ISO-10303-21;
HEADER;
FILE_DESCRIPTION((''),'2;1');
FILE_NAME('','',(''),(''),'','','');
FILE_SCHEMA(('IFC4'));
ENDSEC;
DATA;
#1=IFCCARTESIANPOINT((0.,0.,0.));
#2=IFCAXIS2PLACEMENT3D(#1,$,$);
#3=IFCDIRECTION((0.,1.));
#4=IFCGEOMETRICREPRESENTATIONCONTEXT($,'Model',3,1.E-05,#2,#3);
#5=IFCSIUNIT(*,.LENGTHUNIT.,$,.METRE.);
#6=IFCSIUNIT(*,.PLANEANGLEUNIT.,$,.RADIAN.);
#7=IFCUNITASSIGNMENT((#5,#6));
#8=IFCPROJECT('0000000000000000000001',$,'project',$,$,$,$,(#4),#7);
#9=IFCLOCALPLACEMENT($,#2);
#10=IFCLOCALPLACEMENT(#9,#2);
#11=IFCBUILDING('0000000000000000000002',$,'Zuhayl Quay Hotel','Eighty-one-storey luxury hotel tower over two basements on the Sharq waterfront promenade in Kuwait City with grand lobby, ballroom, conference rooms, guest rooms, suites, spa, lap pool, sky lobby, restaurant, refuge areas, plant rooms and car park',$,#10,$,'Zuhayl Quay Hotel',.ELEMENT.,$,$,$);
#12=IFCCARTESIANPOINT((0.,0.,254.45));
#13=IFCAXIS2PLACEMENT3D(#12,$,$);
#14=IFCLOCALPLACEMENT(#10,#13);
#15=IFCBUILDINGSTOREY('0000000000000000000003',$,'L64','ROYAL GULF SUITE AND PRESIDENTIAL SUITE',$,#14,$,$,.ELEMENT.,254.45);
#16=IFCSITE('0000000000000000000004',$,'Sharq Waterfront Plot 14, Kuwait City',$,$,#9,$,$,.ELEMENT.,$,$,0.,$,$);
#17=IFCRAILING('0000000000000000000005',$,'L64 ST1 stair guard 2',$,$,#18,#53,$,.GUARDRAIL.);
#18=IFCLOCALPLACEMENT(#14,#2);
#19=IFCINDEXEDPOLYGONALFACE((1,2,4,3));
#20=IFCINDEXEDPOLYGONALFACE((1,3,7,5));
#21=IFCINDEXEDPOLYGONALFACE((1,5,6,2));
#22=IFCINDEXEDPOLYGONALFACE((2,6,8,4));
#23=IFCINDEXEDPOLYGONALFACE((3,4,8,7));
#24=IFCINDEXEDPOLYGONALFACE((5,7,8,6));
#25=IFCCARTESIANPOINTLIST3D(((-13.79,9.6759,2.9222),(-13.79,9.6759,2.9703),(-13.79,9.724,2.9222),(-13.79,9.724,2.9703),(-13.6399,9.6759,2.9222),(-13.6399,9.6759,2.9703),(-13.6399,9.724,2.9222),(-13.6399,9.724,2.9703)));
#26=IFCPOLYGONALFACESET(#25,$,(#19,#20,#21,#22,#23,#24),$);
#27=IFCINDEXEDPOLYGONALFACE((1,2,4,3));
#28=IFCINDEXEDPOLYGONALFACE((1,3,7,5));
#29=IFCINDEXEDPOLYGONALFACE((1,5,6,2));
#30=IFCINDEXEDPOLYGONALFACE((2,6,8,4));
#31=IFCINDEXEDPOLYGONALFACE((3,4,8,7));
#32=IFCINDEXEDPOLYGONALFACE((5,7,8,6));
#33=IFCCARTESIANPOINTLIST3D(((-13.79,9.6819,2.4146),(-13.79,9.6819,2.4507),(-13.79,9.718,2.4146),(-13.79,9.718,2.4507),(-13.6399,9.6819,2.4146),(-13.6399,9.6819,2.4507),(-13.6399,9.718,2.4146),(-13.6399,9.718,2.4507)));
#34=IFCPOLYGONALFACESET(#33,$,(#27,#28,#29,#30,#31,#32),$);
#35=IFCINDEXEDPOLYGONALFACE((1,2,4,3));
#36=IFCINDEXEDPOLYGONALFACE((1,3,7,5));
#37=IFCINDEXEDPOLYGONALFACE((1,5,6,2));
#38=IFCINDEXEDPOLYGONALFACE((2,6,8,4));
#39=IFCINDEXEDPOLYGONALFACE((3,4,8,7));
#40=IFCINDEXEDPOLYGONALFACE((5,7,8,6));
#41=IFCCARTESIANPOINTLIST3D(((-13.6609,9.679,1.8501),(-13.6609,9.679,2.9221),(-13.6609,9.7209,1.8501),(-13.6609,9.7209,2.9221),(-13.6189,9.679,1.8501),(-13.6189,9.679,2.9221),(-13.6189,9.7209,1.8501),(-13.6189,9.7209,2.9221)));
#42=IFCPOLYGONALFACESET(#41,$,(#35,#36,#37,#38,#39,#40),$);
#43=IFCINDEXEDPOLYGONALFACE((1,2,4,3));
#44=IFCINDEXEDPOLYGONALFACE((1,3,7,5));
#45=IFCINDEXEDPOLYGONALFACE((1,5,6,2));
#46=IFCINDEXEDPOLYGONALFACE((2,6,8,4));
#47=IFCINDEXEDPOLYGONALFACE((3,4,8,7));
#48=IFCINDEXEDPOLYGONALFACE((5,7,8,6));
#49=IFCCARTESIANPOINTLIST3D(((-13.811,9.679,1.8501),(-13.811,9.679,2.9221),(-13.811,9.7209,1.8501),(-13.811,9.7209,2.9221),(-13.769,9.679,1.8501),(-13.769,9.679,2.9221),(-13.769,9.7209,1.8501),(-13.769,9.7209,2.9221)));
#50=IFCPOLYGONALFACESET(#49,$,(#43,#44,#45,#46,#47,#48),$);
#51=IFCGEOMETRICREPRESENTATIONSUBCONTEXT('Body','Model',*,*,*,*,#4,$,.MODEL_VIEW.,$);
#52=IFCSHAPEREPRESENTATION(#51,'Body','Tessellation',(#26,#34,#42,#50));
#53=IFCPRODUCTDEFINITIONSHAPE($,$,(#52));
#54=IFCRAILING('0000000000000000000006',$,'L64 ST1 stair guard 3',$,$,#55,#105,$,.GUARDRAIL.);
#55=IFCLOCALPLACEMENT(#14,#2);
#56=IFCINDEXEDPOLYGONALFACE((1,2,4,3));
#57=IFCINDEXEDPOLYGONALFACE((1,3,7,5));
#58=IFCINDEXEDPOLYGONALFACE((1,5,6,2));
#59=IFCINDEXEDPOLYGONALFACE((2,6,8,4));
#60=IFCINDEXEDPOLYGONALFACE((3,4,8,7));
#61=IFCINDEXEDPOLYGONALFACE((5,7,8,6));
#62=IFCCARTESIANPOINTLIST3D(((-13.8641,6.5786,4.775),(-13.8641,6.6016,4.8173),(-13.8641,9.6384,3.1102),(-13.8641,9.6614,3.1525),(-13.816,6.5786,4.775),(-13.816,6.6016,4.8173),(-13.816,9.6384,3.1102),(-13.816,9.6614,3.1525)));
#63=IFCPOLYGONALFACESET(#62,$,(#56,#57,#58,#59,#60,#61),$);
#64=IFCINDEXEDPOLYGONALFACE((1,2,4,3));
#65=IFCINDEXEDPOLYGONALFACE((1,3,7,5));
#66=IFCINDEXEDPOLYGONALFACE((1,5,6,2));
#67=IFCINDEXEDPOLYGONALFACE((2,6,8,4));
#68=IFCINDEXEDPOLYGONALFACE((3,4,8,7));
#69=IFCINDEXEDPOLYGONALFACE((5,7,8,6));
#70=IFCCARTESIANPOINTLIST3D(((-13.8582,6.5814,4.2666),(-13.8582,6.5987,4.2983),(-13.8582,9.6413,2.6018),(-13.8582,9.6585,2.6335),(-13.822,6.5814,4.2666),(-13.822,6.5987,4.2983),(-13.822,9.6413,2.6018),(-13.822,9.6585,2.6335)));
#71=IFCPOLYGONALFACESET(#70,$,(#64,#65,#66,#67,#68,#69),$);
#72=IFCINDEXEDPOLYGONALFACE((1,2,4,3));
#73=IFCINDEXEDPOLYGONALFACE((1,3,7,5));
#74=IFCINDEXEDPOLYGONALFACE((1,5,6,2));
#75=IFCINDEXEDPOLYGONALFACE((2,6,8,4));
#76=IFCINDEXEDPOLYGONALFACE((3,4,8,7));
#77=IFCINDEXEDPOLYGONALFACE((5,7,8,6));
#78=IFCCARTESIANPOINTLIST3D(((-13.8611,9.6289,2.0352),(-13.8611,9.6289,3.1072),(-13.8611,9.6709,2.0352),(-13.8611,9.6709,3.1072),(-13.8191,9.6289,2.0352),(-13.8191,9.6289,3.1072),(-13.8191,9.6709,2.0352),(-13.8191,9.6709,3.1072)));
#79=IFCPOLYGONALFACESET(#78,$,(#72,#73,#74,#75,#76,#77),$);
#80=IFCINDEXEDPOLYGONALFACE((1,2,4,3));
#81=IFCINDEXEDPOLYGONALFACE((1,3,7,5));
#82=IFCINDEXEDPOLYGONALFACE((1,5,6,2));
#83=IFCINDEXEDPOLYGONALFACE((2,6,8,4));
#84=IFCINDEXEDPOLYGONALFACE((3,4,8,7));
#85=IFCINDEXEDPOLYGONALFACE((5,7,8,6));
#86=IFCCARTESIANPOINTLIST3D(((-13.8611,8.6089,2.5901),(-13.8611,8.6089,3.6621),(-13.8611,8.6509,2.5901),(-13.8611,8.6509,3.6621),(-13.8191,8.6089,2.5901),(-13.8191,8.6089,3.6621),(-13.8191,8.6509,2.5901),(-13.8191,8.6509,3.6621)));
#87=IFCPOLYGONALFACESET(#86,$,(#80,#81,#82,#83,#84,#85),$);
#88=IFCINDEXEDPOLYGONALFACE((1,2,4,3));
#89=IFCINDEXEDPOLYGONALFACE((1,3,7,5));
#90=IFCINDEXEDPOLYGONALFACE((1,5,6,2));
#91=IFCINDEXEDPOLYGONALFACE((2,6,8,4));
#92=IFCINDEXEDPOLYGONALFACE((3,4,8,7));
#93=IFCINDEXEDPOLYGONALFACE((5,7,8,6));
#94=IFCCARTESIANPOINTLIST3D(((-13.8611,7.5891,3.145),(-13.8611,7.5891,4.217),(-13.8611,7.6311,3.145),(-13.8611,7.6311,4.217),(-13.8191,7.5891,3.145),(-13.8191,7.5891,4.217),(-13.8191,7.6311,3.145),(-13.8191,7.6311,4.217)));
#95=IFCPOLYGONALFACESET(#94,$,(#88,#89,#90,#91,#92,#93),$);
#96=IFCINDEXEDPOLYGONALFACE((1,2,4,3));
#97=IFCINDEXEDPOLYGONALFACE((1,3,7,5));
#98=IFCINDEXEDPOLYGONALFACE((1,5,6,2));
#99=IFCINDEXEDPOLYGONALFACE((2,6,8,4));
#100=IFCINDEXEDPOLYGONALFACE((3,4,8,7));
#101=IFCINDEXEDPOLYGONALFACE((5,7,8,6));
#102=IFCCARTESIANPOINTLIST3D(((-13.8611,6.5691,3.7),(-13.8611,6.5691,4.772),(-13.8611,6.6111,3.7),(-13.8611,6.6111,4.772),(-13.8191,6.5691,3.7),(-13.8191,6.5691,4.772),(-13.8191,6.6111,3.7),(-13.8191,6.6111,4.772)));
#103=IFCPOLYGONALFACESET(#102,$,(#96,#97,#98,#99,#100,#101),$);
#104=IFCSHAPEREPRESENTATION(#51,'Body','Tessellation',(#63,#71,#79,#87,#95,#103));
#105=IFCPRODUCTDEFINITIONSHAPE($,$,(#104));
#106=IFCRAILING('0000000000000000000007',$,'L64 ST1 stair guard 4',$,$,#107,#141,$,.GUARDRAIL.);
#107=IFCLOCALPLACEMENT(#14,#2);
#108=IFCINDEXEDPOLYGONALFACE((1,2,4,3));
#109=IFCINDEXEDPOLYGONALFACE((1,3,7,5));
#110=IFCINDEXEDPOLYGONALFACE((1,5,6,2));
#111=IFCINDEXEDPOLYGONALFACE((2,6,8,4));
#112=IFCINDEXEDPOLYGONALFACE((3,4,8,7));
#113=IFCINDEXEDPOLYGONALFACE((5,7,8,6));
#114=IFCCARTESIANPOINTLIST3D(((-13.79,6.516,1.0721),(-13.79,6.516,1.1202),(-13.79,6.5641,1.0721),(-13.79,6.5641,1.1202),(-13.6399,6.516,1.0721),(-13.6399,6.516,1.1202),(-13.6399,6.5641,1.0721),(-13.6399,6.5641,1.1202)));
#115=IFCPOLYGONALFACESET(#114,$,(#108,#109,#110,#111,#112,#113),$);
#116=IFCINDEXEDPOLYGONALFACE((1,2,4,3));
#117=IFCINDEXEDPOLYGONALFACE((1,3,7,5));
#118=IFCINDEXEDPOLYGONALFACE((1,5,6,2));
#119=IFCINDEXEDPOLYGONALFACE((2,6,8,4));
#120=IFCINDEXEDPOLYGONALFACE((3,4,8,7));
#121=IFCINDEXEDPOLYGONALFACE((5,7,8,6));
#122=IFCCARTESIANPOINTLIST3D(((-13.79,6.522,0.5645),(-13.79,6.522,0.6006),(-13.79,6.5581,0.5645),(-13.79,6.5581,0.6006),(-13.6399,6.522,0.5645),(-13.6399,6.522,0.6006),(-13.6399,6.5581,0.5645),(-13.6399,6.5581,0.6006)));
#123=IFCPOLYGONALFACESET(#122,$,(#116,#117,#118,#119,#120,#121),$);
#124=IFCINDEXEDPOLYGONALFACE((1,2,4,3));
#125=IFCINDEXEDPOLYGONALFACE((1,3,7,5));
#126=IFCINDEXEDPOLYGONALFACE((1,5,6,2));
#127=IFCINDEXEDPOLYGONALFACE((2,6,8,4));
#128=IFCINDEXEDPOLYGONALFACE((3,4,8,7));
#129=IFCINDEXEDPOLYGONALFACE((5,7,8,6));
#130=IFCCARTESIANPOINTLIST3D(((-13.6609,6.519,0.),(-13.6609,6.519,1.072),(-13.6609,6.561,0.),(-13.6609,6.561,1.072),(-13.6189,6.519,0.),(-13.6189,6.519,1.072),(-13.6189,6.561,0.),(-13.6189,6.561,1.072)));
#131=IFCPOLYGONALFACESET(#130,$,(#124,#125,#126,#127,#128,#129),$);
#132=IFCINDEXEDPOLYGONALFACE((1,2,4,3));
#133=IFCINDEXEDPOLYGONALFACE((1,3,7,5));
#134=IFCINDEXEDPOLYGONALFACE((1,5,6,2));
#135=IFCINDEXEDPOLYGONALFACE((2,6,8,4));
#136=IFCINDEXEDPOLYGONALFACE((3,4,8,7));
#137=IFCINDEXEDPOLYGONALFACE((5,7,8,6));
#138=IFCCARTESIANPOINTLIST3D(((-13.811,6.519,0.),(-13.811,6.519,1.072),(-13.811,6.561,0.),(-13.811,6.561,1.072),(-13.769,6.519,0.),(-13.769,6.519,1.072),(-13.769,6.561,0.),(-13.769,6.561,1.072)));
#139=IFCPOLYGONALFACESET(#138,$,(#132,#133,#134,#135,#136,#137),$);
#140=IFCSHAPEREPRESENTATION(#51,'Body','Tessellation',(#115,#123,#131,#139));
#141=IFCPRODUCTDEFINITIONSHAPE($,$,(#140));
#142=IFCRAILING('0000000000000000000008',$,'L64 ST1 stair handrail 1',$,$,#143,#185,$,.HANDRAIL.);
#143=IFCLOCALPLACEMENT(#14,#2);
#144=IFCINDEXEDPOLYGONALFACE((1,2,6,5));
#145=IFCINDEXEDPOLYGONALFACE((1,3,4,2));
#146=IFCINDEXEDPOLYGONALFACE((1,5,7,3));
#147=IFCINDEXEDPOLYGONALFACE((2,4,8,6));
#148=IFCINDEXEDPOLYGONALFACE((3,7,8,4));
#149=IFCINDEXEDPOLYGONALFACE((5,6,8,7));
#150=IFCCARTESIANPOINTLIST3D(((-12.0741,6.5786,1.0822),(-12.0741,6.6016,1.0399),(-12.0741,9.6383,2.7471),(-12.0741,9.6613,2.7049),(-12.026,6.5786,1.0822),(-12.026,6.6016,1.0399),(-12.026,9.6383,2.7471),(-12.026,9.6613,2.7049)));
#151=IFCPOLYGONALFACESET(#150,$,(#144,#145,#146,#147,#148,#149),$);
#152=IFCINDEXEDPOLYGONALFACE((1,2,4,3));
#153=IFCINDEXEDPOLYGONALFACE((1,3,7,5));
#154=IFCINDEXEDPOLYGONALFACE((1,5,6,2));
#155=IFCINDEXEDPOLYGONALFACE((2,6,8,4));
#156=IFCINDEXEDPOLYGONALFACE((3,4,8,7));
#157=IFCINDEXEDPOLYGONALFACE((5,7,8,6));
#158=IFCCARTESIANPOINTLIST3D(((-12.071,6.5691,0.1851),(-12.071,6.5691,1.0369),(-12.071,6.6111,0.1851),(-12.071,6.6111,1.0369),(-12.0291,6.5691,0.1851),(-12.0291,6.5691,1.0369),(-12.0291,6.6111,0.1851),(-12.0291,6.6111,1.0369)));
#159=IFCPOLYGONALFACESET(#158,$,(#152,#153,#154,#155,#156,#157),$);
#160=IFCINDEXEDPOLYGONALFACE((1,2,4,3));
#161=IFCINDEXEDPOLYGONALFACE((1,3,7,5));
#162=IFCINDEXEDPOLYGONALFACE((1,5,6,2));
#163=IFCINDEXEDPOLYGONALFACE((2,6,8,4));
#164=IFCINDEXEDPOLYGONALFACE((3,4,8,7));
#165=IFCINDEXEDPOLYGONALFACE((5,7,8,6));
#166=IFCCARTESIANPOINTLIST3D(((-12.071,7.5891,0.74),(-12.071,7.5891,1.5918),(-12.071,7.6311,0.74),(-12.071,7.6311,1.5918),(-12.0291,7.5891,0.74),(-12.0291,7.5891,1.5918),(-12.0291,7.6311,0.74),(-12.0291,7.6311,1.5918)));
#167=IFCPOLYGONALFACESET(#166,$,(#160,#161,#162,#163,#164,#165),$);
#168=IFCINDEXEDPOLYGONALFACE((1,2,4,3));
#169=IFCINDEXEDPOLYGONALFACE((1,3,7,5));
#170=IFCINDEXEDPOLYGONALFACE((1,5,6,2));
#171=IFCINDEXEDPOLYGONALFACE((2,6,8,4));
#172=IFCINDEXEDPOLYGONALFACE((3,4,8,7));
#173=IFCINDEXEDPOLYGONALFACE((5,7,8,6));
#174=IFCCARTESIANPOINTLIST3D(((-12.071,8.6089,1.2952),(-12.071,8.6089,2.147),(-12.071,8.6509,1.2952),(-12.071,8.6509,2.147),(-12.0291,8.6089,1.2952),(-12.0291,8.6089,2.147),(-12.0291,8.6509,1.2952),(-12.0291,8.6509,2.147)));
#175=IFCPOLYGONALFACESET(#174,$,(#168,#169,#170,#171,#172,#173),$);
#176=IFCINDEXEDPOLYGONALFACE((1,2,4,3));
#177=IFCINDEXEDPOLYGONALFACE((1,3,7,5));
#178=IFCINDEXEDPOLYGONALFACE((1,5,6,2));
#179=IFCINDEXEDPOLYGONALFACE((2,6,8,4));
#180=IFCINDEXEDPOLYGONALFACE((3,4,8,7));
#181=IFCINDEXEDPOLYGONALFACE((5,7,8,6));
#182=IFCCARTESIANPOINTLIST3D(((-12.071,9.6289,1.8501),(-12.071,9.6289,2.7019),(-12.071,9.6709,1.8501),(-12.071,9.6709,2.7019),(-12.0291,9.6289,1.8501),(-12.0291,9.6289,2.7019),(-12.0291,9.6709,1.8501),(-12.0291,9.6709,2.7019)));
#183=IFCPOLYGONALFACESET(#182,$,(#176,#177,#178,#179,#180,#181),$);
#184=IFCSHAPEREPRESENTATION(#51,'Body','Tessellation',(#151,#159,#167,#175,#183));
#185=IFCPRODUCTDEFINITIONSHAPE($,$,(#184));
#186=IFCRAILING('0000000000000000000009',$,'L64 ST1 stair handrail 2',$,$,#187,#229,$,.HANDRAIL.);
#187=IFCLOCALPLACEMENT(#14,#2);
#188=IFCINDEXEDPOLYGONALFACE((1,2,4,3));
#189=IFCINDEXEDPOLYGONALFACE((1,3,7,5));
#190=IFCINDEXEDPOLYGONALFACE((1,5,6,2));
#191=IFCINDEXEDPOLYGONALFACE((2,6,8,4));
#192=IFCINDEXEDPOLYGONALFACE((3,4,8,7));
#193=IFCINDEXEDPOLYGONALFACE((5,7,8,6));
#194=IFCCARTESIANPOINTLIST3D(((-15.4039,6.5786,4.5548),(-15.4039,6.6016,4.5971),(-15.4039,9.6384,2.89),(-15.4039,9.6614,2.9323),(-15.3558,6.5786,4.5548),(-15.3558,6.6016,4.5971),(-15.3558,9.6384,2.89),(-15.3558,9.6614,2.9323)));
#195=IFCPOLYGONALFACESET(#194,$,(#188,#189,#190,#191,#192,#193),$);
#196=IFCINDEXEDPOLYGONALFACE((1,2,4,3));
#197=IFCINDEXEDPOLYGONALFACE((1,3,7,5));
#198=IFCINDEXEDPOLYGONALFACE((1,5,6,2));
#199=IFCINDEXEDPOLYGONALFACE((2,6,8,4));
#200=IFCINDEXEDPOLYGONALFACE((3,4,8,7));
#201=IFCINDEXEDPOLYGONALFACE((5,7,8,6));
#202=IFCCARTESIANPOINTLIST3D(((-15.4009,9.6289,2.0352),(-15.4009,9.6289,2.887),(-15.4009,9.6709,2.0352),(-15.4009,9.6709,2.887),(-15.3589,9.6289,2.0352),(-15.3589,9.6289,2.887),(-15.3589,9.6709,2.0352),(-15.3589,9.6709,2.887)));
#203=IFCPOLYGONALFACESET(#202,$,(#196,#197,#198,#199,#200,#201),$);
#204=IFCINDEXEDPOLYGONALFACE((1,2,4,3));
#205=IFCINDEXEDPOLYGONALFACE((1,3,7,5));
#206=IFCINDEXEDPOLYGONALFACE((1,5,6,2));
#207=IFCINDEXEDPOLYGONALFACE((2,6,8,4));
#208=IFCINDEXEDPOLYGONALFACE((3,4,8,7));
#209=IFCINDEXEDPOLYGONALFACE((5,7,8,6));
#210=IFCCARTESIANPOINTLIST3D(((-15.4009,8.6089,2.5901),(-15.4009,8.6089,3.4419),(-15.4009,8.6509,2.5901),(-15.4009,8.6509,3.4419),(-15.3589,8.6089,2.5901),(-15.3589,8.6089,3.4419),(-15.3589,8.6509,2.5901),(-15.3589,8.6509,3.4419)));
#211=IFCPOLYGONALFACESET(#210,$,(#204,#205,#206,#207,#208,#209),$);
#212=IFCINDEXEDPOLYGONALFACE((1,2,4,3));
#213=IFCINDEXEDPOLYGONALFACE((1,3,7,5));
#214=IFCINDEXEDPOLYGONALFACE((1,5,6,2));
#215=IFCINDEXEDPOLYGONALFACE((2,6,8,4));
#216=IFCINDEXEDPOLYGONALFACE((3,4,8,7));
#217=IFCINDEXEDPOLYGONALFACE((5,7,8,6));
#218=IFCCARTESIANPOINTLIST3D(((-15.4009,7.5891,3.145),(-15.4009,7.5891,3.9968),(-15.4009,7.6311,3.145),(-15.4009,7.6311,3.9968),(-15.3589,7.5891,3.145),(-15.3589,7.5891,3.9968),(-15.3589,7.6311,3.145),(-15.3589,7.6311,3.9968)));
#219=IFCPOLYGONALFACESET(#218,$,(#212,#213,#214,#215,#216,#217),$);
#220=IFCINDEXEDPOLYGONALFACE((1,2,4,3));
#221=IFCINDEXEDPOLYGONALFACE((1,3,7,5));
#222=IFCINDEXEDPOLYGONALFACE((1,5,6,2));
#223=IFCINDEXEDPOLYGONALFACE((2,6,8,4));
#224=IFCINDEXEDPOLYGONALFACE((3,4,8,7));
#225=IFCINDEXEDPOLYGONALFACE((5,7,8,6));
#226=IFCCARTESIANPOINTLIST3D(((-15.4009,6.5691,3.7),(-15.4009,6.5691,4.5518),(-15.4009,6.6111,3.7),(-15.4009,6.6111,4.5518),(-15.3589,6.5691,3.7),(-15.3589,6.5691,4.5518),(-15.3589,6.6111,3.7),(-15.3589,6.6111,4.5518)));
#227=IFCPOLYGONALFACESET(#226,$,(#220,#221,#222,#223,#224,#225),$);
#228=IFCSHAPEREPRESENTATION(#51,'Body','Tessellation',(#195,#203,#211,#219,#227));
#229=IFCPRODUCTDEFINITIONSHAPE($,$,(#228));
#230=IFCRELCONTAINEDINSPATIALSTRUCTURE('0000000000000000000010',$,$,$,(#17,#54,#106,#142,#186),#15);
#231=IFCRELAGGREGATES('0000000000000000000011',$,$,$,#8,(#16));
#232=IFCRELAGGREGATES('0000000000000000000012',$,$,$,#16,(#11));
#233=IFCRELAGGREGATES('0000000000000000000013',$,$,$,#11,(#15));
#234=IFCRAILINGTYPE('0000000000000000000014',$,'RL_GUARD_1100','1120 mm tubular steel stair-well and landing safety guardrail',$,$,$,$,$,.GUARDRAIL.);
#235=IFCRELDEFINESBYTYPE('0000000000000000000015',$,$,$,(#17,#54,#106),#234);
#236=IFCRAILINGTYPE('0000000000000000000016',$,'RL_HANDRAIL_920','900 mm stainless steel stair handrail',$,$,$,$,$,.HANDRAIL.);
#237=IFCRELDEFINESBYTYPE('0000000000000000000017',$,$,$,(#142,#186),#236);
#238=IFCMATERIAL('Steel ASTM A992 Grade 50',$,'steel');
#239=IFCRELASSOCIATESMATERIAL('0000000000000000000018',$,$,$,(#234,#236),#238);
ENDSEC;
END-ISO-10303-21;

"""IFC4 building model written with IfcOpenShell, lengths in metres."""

from ifc_helpers import new_model, si_unit, direction, frame, origin, origin_2d, place, context, subcontext, project, spatial, rectangle, extrude, material, type_object, element, save


model = new_model("IFC4")

# Units and contexts
model_context = context("Model", 3, precision=1e-05, world=origin(), true_north=direction((0.0, 1.0)))
body_context = subcontext(model_context, "Body", "Model", "MODEL_VIEW")
ifc_project = project(units=[si_unit("LENGTHUNIT", "METRE"), si_unit("PLANEANGLEUNIT", "RADIAN")], contexts=[model_context])

# Site, building, storey
site_placement = place(None, origin())
site = spatial("IfcSite", under=ifc_project, at=site_placement, Name="Sharq Waterfront Plot 14, Kuwait City", CompositionType="ELEMENT", RefElevation=0.0)
building_placement = place(site_placement, origin())
building = spatial("IfcBuilding", under=site, at=building_placement, Name="Zuhayl Quay Hotel", Description="Eighty-one-storey luxury hotel tower over two basements on the Sharq waterfront promenade in Kuwait City with grand lobby, ballroom, conference rooms, guest rooms, suites, spa, lap pool, sky lobby, restaurant, refuge areas, plant rooms and car park", LongName="Zuhayl Quay Hotel", CompositionType="ELEMENT")
storey_placement = place(building_placement, frame((0.0, 0.0, 254.45)))
storey = spatial("IfcBuildingStorey", under=building, at=storey_placement, Name="L64", Description="ROYAL GULF SUITE AND PRESIDENTIAL SUITE", CompositionType="ELEMENT", Elevation=254.45)

# Shared definitions
ifc_material_1 = material(Name="Steel ASTM A992 Grade 50", Category="steel")

# Railings
railing_type_1 = type_object("IfcRailingType", Name="RL_GUARD_1100", Description="1120 mm tubular steel stair-well and landing safety guardrail", PredefinedType="GUARDRAIL", material=ifc_material_1)
railing_1_placement = place(storey_placement, frame((-13.6399, 9.7, 1.8501)))
element("IfcRailing", 1, at=railing_1_placement, inside=storey, type_object=railing_type_1, Name="L64 ST1 stair guard 2", PredefinedType="GUARDRAIL", context=body_context, shape_type="SweptSolid", body=[
    extrude(rectangle(XDim=0.0481, YDim=0.0481, at=origin_2d()), frame((0.0, 0.0, 1.0962), z_axis=(-1.0, 0.0, 0.0), x_axis=(0.0, -1.0, 0.0)), (0.0, 0.0, 1.0), 0.1501),
    extrude(rectangle(XDim=0.0361, YDim=0.0361, at=origin_2d()), frame((0.0, 0.0, 0.5825), z_axis=(-1.0, 0.0, 0.0), x_axis=(0.0, -1.0, 0.0)), (0.0, 0.0, 1.0), 0.1501),
    extrude(rectangle(XDim=0.042, YDim=0.042, at=origin_2d()), origin(), (0.0, 0.0, 1.0), 1.072),
    extrude(rectangle(XDim=0.042, YDim=0.042, at=origin_2d()), frame((-0.1501, 0.0, 0.0)), (0.0, 0.0, 1.0), 1.072),
])
railing_2_placement = place(storey_placement, frame((-13.8401, 9.6499, 2.0352)))
element("IfcRailing", 2, at=railing_2_placement, inside=storey, type_object=railing_type_1, Name="L64 ST1 stair guard 3", PredefinedType="GUARDRAIL", context=body_context, shape_type="SweptSolid", body=[
    extrude(rectangle(XDim=0.0481, YDim=0.0481, at=origin_2d()), frame((0.0, 0.0, 1.0962), z_axis=(0.0, -0.878401, 0.477924), x_axis=(1.0, 0.0, 0.0)), (0.0, 0.0, 1.0), 3.4834),
    extrude(rectangle(XDim=0.0361, YDim=0.0361, at=origin_2d()), frame((0.0, 0.0, 0.5825), z_axis=(0.0, -0.878401, 0.477924), x_axis=(1.0, 0.0, 0.0)), (0.0, 0.0, 1.0), 3.4834),
    extrude(rectangle(XDim=0.042, YDim=0.042, at=origin_2d()), origin(), (0.0, 0.0, 1.0), 1.072),
    extrude(rectangle(XDim=0.042, YDim=0.042, at=origin_2d()), frame((0.0, -1.02, 0.5549)), (0.0, 0.0, 1.0), 1.072),
    extrude(rectangle(XDim=0.042, YDim=0.042, at=origin_2d()), frame((0.0, -2.0398, 1.1099)), (0.0, 0.0, 1.0), 1.072),
    extrude(rectangle(XDim=0.042, YDim=0.042, at=origin_2d()), frame((0.0, -3.0598, 1.6648)), (0.0, 0.0, 1.0), 1.072),
])
railing_3_placement = place(storey_placement, frame((-13.6399, 6.54, 0.0)))
element("IfcRailing", 3, at=railing_3_placement, inside=storey, type_object=railing_type_1, Name="L64 ST1 stair guard 4", PredefinedType="GUARDRAIL", context=body_context, shape_type="SweptSolid", body=[
    extrude(rectangle(XDim=0.0481, YDim=0.0481, at=origin_2d()), frame((0.0, 0.0, 1.0962), z_axis=(-1.0, 0.0, 0.0), x_axis=(0.0, -1.0, 0.0)), (0.0, 0.0, 1.0), 0.1501),
    extrude(rectangle(XDim=0.0361, YDim=0.0361, at=origin_2d()), frame((0.0, 0.0, 0.5825), z_axis=(-1.0, 0.0, 0.0), x_axis=(0.0, -1.0, 0.0)), (0.0, 0.0, 1.0), 0.1501),
    extrude(rectangle(XDim=0.042, YDim=0.042, at=origin_2d()), origin(), (0.0, 0.0, 1.0), 1.072),
    extrude(rectangle(XDim=0.042, YDim=0.042, at=origin_2d()), frame((-0.1501, 0.0, 0.0)), (0.0, 0.0, 1.0), 1.072),
])
railing_type_2 = type_object("IfcRailingType", Name="RL_HANDRAIL_920", Description="900 mm stainless steel stair handrail", PredefinedType="HANDRAIL", material=ifc_material_1)
railing_4_placement = place(storey_placement, frame((-12.05, 6.5901, 0.1851)))
element("IfcRailing", 4, at=railing_4_placement, inside=storey, type_object=railing_type_2, Name="L64 ST1 stair handrail 1", PredefinedType="HANDRAIL", context=body_context, shape_type="SweptSolid", body=[
    extrude(rectangle(XDim=0.0481, YDim=0.0481, at=origin_2d()), frame((0.0, 0.0, 0.876), z_axis=(0.0, 0.878372, 0.477978), x_axis=(-1.0, 0.0, 0.0)), (0.0, 0.0, 1.0), 3.4834),
    extrude(rectangle(XDim=0.042, YDim=0.042, at=origin_2d()), origin(), (0.0, 0.0, 1.0), 0.8518),
    extrude(rectangle(XDim=0.042, YDim=0.042, at=origin_2d()), frame((0.0, 1.02, 0.5549)), (0.0, 0.0, 1.0), 0.8518),
    extrude(rectangle(XDim=0.042, YDim=0.042, at=origin_2d()), frame((0.0, 2.0398, 1.1101)), (0.0, 0.0, 1.0), 0.8518),
    extrude(rectangle(XDim=0.042, YDim=0.042, at=origin_2d()), frame((0.0, 3.0598, 1.665)), (0.0, 0.0, 1.0), 0.8518),
])
railing_5_placement = place(storey_placement, frame((-15.3799, 9.6499, 2.0352)))
element("IfcRailing", 5, at=railing_5_placement, inside=storey, type_object=railing_type_2, Name="L64 ST1 stair handrail 2", PredefinedType="HANDRAIL", context=body_context, shape_type="SweptSolid", body=[
    extrude(rectangle(XDim=0.0481, YDim=0.0481, at=origin_2d()), frame((0.0, 0.0, 0.876), z_axis=(0.0, -0.878401, 0.477924), x_axis=(1.0, 0.0, 0.0)), (0.0, 0.0, 1.0), 3.4834),
    extrude(rectangle(XDim=0.042, YDim=0.042, at=origin_2d()), origin(), (0.0, 0.0, 1.0), 0.8518),
    extrude(rectangle(XDim=0.042, YDim=0.042, at=origin_2d()), frame((0.0, -1.02, 0.5549)), (0.0, 0.0, 1.0), 0.8518),
    extrude(rectangle(XDim=0.042, YDim=0.042, at=origin_2d()), frame((0.0, -2.0398, 1.1099)), (0.0, 0.0, 1.0), 0.8518),
    extrude(rectangle(XDim=0.042, YDim=0.042, at=origin_2d()), frame((0.0, -3.0598, 1.6648)), (0.0, 0.0, 1.0), 0.8518),
])

save(model, "model.ifc")
